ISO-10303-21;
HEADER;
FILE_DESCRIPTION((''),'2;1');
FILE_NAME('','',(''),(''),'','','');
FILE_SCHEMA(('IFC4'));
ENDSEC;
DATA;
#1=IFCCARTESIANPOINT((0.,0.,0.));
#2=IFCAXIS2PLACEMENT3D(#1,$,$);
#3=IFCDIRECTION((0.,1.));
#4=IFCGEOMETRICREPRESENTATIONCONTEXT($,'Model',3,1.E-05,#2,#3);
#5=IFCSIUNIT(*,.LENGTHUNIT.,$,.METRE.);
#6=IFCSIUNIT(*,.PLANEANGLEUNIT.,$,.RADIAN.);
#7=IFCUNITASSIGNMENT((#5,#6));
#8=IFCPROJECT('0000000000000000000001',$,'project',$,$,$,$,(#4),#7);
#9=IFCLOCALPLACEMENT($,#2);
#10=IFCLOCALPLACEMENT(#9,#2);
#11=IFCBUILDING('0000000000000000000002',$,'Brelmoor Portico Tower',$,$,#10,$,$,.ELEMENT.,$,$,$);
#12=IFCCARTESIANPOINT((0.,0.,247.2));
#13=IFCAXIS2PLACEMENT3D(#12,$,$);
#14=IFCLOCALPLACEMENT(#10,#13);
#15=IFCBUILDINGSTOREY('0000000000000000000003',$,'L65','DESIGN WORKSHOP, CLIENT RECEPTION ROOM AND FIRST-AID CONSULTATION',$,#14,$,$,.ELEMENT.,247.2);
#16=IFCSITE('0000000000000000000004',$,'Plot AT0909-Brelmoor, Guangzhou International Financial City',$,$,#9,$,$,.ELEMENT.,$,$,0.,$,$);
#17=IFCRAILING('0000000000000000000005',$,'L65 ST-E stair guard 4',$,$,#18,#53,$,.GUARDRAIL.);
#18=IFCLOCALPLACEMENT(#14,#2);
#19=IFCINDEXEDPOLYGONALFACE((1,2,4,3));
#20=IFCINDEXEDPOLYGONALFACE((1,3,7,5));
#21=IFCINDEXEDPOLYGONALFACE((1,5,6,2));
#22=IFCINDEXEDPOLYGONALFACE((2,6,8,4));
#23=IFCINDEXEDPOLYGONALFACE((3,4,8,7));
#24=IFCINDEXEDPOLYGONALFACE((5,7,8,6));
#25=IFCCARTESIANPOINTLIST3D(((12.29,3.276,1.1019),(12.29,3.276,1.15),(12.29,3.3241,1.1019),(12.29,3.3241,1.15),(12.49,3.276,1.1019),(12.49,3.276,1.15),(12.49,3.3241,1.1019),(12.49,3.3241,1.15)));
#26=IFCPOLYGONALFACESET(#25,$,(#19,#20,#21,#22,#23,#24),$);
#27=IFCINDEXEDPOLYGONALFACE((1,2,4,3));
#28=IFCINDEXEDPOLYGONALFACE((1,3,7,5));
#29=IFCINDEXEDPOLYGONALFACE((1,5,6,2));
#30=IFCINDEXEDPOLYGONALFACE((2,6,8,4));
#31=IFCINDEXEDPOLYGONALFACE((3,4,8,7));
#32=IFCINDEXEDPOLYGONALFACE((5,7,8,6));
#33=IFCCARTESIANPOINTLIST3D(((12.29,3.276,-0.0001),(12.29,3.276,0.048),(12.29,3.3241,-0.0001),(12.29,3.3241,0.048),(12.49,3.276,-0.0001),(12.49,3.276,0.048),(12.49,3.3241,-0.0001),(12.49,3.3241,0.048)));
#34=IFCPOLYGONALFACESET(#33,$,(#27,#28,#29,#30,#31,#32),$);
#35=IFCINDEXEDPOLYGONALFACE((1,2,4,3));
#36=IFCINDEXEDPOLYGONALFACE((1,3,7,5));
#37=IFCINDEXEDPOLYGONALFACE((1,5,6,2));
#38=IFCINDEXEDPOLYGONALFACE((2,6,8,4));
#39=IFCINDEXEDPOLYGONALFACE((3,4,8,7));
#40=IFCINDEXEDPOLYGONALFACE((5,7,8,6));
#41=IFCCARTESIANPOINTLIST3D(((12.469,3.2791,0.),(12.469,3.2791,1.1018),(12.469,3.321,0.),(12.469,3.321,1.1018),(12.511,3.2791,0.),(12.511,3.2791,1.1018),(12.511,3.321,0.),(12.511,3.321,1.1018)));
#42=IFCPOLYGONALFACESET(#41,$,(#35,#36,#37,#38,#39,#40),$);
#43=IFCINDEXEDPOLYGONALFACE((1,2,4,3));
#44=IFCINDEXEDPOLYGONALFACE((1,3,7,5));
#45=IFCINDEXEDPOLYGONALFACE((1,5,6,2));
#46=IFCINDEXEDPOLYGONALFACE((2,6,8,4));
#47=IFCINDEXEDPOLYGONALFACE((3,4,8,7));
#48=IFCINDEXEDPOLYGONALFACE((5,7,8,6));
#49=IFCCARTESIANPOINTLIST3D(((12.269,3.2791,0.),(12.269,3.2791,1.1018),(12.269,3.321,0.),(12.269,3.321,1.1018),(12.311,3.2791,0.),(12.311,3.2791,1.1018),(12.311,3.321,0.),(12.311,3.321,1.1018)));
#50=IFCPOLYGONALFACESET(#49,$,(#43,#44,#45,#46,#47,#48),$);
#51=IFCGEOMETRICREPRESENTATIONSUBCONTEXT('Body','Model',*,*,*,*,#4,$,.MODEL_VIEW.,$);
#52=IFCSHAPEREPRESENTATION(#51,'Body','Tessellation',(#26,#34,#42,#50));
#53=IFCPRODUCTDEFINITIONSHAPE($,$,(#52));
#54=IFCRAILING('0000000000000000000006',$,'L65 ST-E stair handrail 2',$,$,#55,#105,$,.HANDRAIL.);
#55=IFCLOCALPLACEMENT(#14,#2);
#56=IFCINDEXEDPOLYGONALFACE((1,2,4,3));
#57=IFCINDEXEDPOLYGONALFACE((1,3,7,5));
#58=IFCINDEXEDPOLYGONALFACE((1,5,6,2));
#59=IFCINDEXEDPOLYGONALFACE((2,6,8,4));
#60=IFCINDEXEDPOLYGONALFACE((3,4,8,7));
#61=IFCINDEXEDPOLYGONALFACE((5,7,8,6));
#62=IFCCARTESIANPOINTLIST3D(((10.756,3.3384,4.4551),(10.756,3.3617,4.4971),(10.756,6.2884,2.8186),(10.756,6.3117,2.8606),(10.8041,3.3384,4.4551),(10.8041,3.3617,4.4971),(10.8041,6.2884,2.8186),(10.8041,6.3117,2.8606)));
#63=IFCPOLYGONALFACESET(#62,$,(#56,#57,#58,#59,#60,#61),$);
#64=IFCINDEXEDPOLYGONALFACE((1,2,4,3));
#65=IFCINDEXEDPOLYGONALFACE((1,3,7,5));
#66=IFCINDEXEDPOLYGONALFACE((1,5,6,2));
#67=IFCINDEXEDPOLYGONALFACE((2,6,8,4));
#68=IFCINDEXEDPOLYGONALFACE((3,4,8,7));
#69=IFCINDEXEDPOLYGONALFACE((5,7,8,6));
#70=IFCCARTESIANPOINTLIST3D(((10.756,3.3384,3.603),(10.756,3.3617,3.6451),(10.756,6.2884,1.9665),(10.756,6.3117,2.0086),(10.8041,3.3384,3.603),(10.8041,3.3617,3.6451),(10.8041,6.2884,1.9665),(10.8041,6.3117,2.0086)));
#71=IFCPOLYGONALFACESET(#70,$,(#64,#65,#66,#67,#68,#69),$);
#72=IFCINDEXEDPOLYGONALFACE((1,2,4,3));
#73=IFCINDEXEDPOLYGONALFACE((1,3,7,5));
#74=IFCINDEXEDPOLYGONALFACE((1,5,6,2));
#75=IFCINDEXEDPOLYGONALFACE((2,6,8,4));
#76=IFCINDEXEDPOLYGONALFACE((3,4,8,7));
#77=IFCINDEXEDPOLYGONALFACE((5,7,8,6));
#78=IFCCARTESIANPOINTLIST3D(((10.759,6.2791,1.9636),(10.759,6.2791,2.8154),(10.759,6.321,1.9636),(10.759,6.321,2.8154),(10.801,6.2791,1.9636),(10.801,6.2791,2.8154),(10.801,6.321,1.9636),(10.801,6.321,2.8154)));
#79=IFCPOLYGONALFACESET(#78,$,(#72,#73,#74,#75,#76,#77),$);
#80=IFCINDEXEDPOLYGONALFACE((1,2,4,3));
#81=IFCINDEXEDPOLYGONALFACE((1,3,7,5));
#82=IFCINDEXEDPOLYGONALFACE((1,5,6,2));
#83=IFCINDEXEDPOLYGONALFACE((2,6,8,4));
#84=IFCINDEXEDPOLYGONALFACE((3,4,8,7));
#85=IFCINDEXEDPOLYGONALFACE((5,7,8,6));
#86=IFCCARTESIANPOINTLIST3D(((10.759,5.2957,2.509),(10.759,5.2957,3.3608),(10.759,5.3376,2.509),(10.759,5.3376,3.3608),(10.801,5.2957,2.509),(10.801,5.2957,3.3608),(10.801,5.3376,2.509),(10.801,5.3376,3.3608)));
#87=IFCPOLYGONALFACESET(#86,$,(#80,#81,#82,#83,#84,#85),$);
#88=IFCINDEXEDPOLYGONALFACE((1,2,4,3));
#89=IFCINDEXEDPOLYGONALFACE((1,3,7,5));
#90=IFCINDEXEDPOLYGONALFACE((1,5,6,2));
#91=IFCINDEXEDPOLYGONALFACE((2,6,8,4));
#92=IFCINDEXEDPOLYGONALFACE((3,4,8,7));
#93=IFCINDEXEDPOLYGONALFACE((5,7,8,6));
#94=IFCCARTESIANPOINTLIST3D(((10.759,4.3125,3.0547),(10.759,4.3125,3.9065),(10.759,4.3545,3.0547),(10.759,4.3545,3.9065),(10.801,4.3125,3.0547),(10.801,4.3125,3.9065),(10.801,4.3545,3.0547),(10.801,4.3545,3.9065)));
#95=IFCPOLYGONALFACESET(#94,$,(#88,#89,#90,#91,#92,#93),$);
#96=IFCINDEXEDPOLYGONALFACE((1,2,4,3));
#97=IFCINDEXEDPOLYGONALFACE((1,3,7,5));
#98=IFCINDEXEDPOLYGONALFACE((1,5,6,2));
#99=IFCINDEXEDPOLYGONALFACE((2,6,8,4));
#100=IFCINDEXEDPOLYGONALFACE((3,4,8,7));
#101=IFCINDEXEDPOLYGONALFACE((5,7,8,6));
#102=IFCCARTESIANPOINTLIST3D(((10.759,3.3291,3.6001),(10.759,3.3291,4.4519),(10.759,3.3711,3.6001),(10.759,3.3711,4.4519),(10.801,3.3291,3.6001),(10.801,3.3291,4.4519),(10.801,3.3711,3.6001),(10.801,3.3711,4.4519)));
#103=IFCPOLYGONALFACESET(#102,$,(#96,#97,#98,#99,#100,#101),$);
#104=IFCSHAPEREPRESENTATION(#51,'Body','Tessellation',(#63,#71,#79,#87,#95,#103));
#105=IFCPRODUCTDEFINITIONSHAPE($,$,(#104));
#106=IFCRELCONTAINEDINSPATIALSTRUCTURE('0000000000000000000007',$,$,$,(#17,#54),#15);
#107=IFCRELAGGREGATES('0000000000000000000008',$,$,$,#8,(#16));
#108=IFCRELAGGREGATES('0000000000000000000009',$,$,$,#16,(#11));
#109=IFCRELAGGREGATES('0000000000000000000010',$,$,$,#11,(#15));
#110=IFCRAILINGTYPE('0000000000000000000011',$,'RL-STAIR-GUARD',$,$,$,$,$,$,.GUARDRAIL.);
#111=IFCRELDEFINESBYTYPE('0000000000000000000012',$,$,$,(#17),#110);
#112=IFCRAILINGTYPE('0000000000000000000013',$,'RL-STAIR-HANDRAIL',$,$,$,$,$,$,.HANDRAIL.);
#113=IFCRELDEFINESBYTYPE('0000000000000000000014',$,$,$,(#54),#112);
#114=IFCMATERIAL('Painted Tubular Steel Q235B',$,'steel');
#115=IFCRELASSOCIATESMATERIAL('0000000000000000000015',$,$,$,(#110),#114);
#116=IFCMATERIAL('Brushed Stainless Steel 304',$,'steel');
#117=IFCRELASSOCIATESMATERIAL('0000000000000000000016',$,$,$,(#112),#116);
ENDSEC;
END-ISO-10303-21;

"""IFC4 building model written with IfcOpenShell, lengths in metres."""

from ifc_helpers import new_model, si_unit, direction, frame, origin, origin_2d, place, context, subcontext, project, spatial, rectangle, extrude, material, type_object, element, save


model = new_model("IFC4")

# Units and contexts
model_context = context("Model", 3, precision=1e-05, world=origin(), true_north=direction((0.0, 1.0)))
body_context = subcontext(model_context, "Body", "Model", "MODEL_VIEW")
ifc_project = project(units=[si_unit("LENGTHUNIT", "METRE"), si_unit("PLANEANGLEUNIT", "RADIAN")], contexts=[model_context])

# Site, building, storey
site_placement = place(None, origin())
site = spatial("IfcSite", under=ifc_project, at=site_placement, Name="Plot AT0909-Brelmoor, Guangzhou International Financial City", CompositionType="ELEMENT", RefElevation=0.0)
building_placement = place(site_placement, origin())
building = spatial("IfcBuilding", under=site, at=building_placement, Name="Brelmoor Portico Tower", CompositionType="ELEMENT")
storey_placement = place(building_placement, frame((0.0, 0.0, 247.2)))
storey = spatial("IfcBuildingStorey", under=building, at=storey_placement, Name="L65", Description="DESIGN WORKSHOP, CLIENT RECEPTION ROOM AND FIRST-AID CONSULTATION", CompositionType="ELEMENT", Elevation=247.2)

# Railings
ifc_material_1 = material(Name="Painted Tubular Steel Q235B", Category="steel")
railing_type_1 = type_object("IfcRailingType", Name="RL-STAIR-GUARD", PredefinedType="GUARDRAIL", material=ifc_material_1)
railing_1_placement = place(storey_placement, frame((12.49, 3.3, 0.0)))
element("IfcRailing", 1, at=railing_1_placement, inside=storey, type_object=railing_type_1, Name="L65 ST-E stair guard 4", PredefinedType="GUARDRAIL", context=body_context, shape_type="SweptSolid", body=[
    extrude(rectangle(XDim=0.0481, YDim=0.0481, at=origin_2d()), frame((0.0, 0.0, 1.126), z_axis=(-1.0, 0.0, 0.0), x_axis=(0.0, -1.0, 0.0)), (0.0, 0.0, 1.0), 0.2),
    extrude(rectangle(XDim=0.0481, YDim=0.0481, at=origin_2d()), frame((0.0, 0.0, 0.0239), z_axis=(-1.0, 0.0, 0.0), x_axis=(0.0, -1.0, 0.0)), (0.0, 0.0, 1.0), 0.2),
    extrude(rectangle(XDim=0.042, YDim=0.042, at=origin_2d()), origin(), (0.0, 0.0, 1.0), 1.1018),
    extrude(rectangle(XDim=0.042, YDim=0.042, at=origin_2d()), frame((-0.2, 0.0, 0.0)), (0.0, 0.0, 1.0), 1.1018),
])
ifc_material_2 = material(Name="Brushed Stainless Steel 304", Category="steel")
railing_type_2 = type_object("IfcRailingType", Name="RL-STAIR-HANDRAIL", PredefinedType="HANDRAIL", material=ifc_material_2)
railing_2_placement = place(storey_placement, frame((10.78, 6.3, 1.9636)))
element("IfcRailing", 2, at=railing_2_placement, inside=storey, type_object=railing_type_2, Name="L65 ST-E stair handrail 2", PredefinedType="HANDRAIL", context=body_context, shape_type="SweptSolid", body=[
    extrude(rectangle(XDim=0.0481, YDim=0.0481, at=origin_2d()), frame((0.0, 0.0, 0.876), z_axis=(0.0, -0.874458, 0.485102), x_axis=(1.0, 0.0, 0.0)), (0.0, 0.0, 1.0), 3.3735),
    extrude(rectangle(XDim=0.0481, YDim=0.0481, at=origin_2d()), frame((0.0, 0.0, 0.0239), z_axis=(0.0, -0.874458, 0.485102), x_axis=(1.0, 0.0, 0.0)), (0.0, 0.0, 1.0), 3.3735),
    extrude(rectangle(XDim=0.042, YDim=0.042, at=origin_2d()), origin(), (0.0, 0.0, 1.0), 0.8518),
    extrude(rectangle(XDim=0.042, YDim=0.042, at=origin_2d()), frame((0.0, -0.9834, 0.5454)), (0.0, 0.0, 1.0), 0.8518),
    extrude(rectangle(XDim=0.042, YDim=0.042, at=origin_2d()), frame((0.0, -1.9666, 1.0911)), (0.0, 0.0, 1.0), 0.8518),
    extrude(rectangle(XDim=0.042, YDim=0.042, at=origin_2d()), frame((0.0, -2.95, 1.6365)), (0.0, 0.0, 1.0), 0.8518),
])

save(model, "model.ifc")
